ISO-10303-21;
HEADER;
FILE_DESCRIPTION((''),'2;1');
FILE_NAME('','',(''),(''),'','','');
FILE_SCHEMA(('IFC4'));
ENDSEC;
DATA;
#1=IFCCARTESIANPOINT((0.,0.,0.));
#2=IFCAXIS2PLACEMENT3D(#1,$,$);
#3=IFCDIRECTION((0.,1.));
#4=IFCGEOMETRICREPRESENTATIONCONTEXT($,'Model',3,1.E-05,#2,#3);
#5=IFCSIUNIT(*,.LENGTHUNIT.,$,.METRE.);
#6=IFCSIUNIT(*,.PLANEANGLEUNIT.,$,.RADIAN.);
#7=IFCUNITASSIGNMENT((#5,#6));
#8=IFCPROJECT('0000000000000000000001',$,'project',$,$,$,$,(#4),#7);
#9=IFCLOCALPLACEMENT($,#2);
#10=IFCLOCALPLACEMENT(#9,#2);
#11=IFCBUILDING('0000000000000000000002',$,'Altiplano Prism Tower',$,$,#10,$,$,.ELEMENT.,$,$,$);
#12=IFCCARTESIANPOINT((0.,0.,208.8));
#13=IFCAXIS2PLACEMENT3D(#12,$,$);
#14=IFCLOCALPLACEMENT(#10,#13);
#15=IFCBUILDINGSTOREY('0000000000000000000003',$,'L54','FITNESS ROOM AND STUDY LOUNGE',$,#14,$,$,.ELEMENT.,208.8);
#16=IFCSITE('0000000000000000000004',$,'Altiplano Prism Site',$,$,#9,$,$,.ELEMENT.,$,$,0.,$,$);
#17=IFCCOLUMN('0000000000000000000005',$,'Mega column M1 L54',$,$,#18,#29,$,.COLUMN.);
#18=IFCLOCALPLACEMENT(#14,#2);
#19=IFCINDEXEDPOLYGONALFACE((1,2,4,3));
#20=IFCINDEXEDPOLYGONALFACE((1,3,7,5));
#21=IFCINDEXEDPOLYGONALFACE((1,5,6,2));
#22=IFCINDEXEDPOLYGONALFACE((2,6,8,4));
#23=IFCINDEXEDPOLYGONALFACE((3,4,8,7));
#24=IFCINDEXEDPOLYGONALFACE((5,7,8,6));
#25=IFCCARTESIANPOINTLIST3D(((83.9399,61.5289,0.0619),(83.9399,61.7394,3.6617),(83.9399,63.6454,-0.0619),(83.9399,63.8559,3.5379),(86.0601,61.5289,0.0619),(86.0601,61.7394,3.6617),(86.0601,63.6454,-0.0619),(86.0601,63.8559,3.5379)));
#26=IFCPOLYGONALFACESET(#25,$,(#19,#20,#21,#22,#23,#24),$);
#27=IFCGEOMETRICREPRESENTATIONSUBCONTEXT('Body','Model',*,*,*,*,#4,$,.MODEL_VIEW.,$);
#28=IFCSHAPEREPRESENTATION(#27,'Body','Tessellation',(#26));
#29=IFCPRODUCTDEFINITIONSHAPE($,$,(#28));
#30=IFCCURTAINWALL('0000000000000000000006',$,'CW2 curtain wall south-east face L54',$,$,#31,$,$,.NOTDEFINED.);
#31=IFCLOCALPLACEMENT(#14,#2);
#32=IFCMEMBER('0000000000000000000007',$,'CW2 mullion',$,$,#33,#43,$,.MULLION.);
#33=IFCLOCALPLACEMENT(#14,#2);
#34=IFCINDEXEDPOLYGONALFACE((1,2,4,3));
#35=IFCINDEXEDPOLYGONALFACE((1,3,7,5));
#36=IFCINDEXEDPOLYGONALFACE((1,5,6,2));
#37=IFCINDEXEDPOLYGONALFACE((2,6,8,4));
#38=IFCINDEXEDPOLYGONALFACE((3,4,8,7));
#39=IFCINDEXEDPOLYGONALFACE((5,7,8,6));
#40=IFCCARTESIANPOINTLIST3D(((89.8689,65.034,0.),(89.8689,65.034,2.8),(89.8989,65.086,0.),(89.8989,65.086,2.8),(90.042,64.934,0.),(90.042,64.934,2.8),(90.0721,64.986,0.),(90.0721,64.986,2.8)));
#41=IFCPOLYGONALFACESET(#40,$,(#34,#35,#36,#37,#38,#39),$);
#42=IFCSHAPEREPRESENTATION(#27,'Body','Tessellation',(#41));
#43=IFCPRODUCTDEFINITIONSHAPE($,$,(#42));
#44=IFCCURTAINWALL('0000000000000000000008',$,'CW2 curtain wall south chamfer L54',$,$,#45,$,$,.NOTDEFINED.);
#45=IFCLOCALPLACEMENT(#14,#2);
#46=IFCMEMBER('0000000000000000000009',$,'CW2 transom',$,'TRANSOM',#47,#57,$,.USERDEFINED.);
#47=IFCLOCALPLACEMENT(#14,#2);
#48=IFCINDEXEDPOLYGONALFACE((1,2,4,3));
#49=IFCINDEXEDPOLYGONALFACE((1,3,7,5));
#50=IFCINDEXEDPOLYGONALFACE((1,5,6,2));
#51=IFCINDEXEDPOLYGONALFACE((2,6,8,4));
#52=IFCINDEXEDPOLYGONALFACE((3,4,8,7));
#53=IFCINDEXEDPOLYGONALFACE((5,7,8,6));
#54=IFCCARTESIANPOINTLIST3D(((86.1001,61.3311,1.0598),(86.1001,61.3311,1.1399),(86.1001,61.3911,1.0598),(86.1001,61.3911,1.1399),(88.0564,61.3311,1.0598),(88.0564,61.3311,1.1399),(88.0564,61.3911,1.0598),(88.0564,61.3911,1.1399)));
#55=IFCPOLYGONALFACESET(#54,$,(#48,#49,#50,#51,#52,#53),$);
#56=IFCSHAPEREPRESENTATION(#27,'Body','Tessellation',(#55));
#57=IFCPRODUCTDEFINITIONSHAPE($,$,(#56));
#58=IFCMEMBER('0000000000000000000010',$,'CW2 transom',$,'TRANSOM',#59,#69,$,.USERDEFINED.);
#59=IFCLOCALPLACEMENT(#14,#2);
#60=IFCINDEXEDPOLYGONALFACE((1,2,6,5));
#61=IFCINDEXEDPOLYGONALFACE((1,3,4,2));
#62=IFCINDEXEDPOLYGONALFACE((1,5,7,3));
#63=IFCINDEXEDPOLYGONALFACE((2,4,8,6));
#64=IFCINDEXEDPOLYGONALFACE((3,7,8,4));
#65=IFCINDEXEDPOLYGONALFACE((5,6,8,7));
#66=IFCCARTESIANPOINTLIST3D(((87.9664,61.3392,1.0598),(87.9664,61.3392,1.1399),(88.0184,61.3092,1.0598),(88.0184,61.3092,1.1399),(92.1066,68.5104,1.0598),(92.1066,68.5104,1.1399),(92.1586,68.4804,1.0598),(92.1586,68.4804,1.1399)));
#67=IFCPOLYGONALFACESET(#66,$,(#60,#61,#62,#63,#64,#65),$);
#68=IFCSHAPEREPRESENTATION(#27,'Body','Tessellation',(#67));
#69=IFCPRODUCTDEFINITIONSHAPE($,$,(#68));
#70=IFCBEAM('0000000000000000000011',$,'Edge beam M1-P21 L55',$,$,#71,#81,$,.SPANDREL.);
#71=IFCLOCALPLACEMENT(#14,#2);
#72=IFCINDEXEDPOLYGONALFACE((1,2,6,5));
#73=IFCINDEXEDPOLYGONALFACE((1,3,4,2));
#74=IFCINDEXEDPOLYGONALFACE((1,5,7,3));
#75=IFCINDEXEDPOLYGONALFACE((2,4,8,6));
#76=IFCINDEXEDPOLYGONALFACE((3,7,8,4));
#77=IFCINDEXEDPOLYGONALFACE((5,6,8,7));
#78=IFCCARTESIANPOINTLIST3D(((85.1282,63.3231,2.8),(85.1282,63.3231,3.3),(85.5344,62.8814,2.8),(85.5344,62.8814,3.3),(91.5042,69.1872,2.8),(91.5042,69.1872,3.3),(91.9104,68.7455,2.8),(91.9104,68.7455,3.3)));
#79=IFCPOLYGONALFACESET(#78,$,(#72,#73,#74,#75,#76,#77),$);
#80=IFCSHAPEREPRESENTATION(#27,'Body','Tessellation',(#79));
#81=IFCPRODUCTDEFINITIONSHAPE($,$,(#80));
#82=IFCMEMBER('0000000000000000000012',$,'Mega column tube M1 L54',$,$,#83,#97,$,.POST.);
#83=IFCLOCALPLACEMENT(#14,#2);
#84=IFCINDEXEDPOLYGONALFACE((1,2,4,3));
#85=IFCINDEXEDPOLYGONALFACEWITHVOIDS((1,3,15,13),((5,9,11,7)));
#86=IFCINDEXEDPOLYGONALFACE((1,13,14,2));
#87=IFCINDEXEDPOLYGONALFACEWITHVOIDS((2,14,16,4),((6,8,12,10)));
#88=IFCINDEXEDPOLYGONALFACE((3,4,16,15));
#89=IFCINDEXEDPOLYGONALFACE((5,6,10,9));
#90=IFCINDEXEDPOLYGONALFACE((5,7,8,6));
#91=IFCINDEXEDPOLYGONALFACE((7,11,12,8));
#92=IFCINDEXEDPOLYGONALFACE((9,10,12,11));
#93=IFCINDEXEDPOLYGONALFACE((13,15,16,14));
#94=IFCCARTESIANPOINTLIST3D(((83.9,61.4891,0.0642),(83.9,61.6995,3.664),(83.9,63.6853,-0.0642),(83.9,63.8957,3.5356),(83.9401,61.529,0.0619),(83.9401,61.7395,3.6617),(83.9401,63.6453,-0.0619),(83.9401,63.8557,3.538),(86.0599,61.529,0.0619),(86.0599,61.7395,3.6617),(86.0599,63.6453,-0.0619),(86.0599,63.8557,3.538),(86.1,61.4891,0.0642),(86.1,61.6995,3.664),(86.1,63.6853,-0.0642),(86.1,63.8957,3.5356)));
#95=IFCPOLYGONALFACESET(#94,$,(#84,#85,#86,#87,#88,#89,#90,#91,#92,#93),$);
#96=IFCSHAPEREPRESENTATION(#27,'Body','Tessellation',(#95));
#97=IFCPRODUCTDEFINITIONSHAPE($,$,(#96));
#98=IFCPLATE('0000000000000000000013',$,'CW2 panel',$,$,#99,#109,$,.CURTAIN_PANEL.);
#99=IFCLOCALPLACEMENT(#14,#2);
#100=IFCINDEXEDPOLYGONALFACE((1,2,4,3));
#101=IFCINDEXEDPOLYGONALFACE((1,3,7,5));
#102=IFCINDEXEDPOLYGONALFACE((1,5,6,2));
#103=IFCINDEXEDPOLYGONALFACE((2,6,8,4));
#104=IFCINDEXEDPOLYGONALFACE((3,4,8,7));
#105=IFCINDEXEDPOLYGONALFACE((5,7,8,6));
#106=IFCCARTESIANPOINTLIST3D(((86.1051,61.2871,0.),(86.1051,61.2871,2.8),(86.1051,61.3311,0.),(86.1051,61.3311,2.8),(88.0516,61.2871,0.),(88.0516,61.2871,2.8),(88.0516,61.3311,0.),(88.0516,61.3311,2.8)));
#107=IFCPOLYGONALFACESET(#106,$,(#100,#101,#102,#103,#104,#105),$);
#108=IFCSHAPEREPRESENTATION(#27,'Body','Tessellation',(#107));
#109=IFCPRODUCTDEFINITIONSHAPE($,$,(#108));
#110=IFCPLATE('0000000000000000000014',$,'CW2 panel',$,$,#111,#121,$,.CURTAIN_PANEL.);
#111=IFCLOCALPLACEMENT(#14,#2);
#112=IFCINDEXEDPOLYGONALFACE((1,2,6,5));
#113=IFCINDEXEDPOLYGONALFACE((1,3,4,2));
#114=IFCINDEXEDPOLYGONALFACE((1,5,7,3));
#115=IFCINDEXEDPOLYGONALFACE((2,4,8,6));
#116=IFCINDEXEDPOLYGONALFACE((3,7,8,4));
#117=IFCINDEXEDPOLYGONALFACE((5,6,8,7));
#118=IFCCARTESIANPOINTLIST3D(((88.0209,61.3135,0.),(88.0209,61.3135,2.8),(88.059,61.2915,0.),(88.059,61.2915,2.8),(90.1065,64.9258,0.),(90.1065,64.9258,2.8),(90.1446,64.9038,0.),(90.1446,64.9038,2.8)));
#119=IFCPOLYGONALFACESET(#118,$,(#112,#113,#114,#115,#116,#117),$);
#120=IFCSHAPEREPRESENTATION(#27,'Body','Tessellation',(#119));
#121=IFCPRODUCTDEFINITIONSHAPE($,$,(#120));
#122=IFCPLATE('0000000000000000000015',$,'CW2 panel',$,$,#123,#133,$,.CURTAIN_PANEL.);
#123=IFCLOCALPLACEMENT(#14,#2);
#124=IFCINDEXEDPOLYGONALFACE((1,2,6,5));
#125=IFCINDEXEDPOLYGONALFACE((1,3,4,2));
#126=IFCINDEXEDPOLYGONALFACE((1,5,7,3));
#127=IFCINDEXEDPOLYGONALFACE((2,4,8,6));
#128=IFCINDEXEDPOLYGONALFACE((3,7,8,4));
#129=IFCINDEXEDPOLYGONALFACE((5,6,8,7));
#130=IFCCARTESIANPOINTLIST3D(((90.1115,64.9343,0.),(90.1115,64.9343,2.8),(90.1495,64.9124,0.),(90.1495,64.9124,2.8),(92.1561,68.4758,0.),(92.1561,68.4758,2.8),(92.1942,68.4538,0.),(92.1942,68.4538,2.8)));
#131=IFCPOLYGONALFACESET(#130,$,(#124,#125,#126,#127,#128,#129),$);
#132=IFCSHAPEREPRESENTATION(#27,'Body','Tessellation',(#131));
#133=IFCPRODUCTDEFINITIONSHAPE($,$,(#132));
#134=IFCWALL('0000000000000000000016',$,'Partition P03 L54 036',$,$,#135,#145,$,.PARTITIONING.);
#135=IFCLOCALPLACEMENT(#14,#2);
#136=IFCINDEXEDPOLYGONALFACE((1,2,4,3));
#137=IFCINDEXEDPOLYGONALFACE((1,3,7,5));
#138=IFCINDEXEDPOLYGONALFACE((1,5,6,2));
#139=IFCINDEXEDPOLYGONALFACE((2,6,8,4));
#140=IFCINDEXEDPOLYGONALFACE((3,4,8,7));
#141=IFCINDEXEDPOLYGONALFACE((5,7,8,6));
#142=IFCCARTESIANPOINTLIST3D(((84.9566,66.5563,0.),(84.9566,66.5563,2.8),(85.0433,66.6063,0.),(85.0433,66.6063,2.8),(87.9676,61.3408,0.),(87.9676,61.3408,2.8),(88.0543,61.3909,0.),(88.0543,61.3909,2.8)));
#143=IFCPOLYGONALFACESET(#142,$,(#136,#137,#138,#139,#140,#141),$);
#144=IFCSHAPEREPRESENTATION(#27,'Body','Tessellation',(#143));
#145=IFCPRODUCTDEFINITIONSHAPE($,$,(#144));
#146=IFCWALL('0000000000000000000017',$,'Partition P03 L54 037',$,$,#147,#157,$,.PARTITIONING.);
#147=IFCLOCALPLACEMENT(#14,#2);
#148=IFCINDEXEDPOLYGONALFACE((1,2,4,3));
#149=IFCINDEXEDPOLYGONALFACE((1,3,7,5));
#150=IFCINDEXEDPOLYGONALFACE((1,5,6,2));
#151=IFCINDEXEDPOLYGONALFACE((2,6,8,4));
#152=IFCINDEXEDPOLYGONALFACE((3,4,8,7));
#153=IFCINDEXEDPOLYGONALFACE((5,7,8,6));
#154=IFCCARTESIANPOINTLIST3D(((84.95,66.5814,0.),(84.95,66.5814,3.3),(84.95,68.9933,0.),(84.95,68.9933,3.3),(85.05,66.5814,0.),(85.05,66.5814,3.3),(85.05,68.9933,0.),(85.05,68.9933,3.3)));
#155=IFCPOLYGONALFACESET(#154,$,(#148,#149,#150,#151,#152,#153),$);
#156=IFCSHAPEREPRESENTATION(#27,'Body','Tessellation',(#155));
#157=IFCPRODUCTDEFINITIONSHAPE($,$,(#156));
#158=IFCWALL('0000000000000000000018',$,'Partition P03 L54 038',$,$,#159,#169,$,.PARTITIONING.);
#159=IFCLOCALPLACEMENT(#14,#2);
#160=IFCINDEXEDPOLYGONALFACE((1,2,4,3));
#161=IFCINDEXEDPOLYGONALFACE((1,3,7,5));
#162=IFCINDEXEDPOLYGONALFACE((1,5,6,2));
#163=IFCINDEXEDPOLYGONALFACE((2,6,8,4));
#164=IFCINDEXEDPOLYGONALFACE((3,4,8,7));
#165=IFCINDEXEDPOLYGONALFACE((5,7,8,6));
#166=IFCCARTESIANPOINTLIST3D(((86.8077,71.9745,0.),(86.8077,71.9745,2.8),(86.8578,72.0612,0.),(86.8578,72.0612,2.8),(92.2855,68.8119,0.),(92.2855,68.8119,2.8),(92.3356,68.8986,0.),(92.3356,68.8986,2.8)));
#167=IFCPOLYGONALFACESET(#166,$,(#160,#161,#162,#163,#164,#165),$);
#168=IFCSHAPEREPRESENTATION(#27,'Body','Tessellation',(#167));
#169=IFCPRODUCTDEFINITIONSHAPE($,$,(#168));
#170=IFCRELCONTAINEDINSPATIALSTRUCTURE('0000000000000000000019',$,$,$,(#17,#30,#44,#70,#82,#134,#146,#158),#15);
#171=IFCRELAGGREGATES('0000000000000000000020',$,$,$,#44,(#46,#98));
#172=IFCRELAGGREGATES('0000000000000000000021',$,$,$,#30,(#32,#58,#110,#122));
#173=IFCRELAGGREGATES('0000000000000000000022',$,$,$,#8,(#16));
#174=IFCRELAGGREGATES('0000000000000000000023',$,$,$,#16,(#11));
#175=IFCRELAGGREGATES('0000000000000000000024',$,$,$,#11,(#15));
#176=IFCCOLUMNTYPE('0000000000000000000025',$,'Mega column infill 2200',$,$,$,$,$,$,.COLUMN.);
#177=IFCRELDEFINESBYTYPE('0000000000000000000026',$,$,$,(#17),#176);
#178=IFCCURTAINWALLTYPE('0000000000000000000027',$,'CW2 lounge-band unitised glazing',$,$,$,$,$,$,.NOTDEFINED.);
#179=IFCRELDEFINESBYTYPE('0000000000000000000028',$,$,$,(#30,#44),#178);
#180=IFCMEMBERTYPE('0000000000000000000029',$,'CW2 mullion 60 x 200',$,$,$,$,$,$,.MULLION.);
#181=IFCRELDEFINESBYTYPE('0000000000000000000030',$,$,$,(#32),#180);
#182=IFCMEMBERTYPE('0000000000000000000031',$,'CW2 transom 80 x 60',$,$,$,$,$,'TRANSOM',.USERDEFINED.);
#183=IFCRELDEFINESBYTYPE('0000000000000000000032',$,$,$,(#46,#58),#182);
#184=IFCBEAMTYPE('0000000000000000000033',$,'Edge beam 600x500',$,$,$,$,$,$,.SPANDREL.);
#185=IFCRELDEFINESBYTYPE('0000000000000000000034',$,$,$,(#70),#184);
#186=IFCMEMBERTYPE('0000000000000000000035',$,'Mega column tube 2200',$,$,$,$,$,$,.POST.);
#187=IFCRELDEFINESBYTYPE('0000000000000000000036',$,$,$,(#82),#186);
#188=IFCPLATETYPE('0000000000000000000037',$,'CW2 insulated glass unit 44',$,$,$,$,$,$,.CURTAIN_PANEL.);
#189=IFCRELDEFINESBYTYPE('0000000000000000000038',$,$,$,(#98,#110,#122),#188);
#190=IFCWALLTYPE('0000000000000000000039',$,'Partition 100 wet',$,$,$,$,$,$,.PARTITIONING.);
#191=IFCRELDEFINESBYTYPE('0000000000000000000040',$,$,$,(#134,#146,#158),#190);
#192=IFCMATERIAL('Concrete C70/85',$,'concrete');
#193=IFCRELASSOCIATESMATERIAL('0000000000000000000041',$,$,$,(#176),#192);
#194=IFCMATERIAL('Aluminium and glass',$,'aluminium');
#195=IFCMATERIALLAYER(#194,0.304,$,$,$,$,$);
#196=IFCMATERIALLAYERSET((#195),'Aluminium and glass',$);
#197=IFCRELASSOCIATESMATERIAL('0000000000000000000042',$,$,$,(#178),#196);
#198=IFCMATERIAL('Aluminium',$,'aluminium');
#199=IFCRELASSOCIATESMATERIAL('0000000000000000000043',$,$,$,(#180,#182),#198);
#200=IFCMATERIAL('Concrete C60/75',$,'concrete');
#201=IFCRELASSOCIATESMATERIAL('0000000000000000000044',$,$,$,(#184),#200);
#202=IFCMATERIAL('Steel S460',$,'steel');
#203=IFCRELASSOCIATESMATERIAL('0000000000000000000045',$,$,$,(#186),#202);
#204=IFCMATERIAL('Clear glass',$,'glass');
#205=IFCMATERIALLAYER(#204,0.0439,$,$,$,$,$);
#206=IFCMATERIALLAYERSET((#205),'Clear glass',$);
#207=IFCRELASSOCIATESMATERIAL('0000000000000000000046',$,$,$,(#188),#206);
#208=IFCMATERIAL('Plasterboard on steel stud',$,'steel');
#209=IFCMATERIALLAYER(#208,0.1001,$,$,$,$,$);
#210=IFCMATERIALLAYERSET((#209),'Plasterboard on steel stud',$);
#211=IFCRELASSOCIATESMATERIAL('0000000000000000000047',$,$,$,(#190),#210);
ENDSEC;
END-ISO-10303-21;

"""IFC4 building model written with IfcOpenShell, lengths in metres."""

from ifc_helpers import new_model, si_unit, direction, frame, frame_2d, origin, origin_2d, place, context, subcontext, project, spatial, rectangle, hollow_rectangle, extrude, material, layer, layer_set, material_profile, profile_set, type_object, element, aggregate, save


model = new_model("IFC4")

# Units and contexts
model_context = context("Model", 3, precision=1e-05, world=origin(), true_north=direction((0.0, 1.0)))
body_context = subcontext(model_context, "Body", "Model", "MODEL_VIEW")
ifc_project = project(units=[si_unit("LENGTHUNIT", "METRE"), si_unit("PLANEANGLEUNIT", "RADIAN")], contexts=[model_context])

# Site, building, storey
site_placement = place(None, origin())
site = spatial("IfcSite", under=ifc_project, at=site_placement, Name="Altiplano Prism Site", CompositionType="ELEMENT", RefElevation=0.0)
building_placement = place(site_placement, origin())
building = spatial("IfcBuilding", under=site, at=building_placement, Name="Altiplano Prism Tower", CompositionType="ELEMENT")
storey_placement = place(building_placement, frame((0.0, 0.0, 208.8)))
storey = spatial("IfcBuildingStorey", under=building, at=storey_placement, Name="L54", Description="FITNESS ROOM AND STUDY LOUNGE", CompositionType="ELEMENT", Elevation=208.8)

# Column
ifc_material_1 = material(Name="Concrete C70/85", Category="concrete")
ifc_material_profile_1 = material_profile(ifc_material_1, rectangle(XDim=2.1201, YDim=2.1201, at=origin_2d()), Name="Mega column infill 2200")
ifc_profile_set_1 = profile_set([ifc_material_profile_1], Name="Concrete C70/85")
column_type = type_object("IfcColumnType", Name="Mega column infill 2200", PredefinedType="COLUMN", material=ifc_profile_set_1)
column_placement = place(storey_placement, frame((85.0, 62.5872, 0.0), z_axis=(0.0, 0.058361, 0.998296), x_axis=(-1.0, 0.0, 0.0)))
element("IfcColumn", 1, at=column_placement, inside=storey, type_object=column_type, Name="Mega column M1 L54", PredefinedType="COLUMN", context=body_context, shape_type="SweptSolid", body=[
    extrude(rectangle(XDim=2.1201, YDim=2.1201, at=origin_2d()), origin(), (0.0, 0.0, 1.0), 3.606),
])

# Curtain walls, members
ifc_material_2 = material(Name="Aluminium and glass", Category="aluminium")
ifc_layer_1 = layer(ifc_material_2, 0.304)
ifc_layer_set_1 = layer_set([ifc_layer_1], Name="Aluminium and glass")
curtain_wall_type = type_object("IfcCurtainWallType", Name="CW2 lounge-band unitised glazing", PredefinedType="NOTDEFINED", material=ifc_layer_set_1)
curtain_wall_1_placement = place(storey_placement, origin())
curtain_wall_1 = element("IfcCurtainWall", 2, at=curtain_wall_1_placement, inside=storey, type_object=curtain_wall_type, Name="CW2 curtain wall south-east face L54", PredefinedType="NOTDEFINED")
ifc_material_3 = material(Name="Aluminium", Category="aluminium")
ifc_material_profile_2 = material_profile(ifc_material_3, rectangle(XDim=0.2, YDim=0.0601, at=origin_2d()), Name="CW2 mullion 60 x 200")
ifc_profile_set_2 = profile_set([ifc_material_profile_2], Name="Aluminium")
member_type_1 = type_object("IfcMemberType", Name="CW2 mullion 60 x 200", PredefinedType="MULLION", material=ifc_profile_set_2)
member_1_placement = place(storey_placement, frame((89.9705, 65.01, 0.0), z_axis=(0.0, 0.0, 1.0), x_axis=(-0.866025, 0.5, 0.0)))
member_1 = element("IfcMember", 3, at=member_1_placement, type_object=member_type_1, Name="CW2 mullion", PredefinedType="MULLION", context=body_context, shape_type="SweptSolid", body=[
    extrude(rectangle(XDim=0.2, YDim=0.0601, at=origin_2d()), origin(), (0.0, 0.0, 1.0), 2.8),
])
curtain_wall_2_placement = place(storey_placement, origin())
curtain_wall_2 = element("IfcCurtainWall", 4, at=curtain_wall_2_placement, inside=storey, type_object=curtain_wall_type, Name="CW2 curtain wall south chamfer L54", PredefinedType="NOTDEFINED")
ifc_material_profile_3 = material_profile(ifc_material_3, rectangle(XDim=0.0601, YDim=0.0801, at=origin_2d()), Name="CW2 transom 80 x 60")
ifc_profile_set_3 = profile_set([ifc_material_profile_3], Name="Aluminium")
member_type_2 = type_object("IfcMemberType", Name="CW2 transom 80 x 60", ElementType="TRANSOM", PredefinedType="USERDEFINED", material=ifc_profile_set_3)
member_2_placement = place(storey_placement, frame((86.1001, 61.3611, 1.0999), z_axis=(1.0, 0.0, 0.0), x_axis=(0.0, 1.0, 0.0)))
member_2 = element("IfcMember", 5, at=member_2_placement, type_object=member_type_2, Name="CW2 transom", ObjectType="TRANSOM", PredefinedType="USERDEFINED", context=body_context, shape_type="SweptSolid", body=[
    extrude(rectangle(XDim=0.0601, YDim=0.0801, at=origin_2d()), origin(), (0.0, 0.0, 1.0), 1.9563),
])

# Member
member_3_placement = place(storey_placement, frame((87.9924, 61.3242, 1.0999), z_axis=(0.499989, 0.866032, 0.0), x_axis=(-0.866032, 0.499989, 0.0)))
member_3 = element("IfcMember", 6, at=member_3_placement, type_object=member_type_2, Name="CW2 transom", ObjectType="TRANSOM", PredefinedType="USERDEFINED", context=body_context, shape_type="SweptSolid", body=[
    extrude(rectangle(XDim=0.0601, YDim=0.0801, at=origin_2d()), origin(), (0.0, 0.0, 1.0), 8.2805),
])

# Beam
ifc_material_4 = material(Name="Concrete C60/75", Category="concrete")
ifc_material_profile_4 = material_profile(ifc_material_4, rectangle(XDim=0.6001, YDim=0.5, at=origin_2d()), Name="Edge beam 600x500")
ifc_profile_set_4 = profile_set([ifc_material_profile_4], Name="Concrete C60/75")
beam_type = type_object("IfcBeamType", Name="Edge beam 600x500", PredefinedType="SPANDREL", material=ifc_profile_set_4)
beam_placement = place(storey_placement, frame((85.3313, 63.1023, 3.05), z_axis=(0.736039, 0.676939, 0.0), x_axis=(-0.676939, 0.736039, 0.0)))
element("IfcBeam", 7, at=beam_placement, inside=storey, type_object=beam_type, Name="Edge beam M1-P21 L55", PredefinedType="SPANDREL", context=body_context, shape_type="SweptSolid", body=[
    extrude(rectangle(XDim=0.6001, YDim=0.5, at=origin_2d()), origin(), (0.0, 0.0, 1.0), 8.6626),
])

# Member
ifc_material_5 = material(Name="Steel S460", Category="steel")
ifc_material_profile_5 = material_profile(ifc_material_5, hollow_rectangle(XDim=2.2, YDim=2.2, WallThickness=0.04, at=origin_2d()), Name="Mega column tube 2200")
ifc_profile_set_5 = profile_set([ifc_material_profile_5], Name="Steel S460")
member_type_3 = type_object("IfcMemberType", Name="Mega column tube 2200", PredefinedType="POST", material=ifc_profile_set_5)
member_4_placement = place(storey_placement, frame((85.0, 62.5872, 0.0), z_axis=(0.0, 0.058361, 0.998296), x_axis=(-1.0, 0.0, 0.0)))
element("IfcMember", 8, at=member_4_placement, inside=storey, type_object=member_type_3, Name="Mega column tube M1 L54", PredefinedType="POST", context=body_context, shape_type="SweptSolid", body=[
    extrude(hollow_rectangle(XDim=2.2, YDim=2.2, WallThickness=0.04, at=origin_2d()), origin(), (0.0, 0.0, 1.0), 3.606),
])

# Plates
ifc_material_6 = material(Name="Clear glass", Category="glass")
ifc_layer_2 = layer(ifc_material_6, 0.0439)
ifc_layer_set_2 = layer_set([ifc_layer_2], Name="Clear glass")
plate_type = type_object("IfcPlateType", Name="CW2 insulated glass unit 44", PredefinedType="CURTAIN_PANEL", material=ifc_layer_set_2)
plate_1_placement = place(storey_placement, frame((87.0784, 61.3091, 0.0), z_axis=(0.0, 0.0, 1.0), x_axis=(1.0, 0.0, 0.0)))
plate_1 = element("IfcPlate", 9, at=plate_1_placement, type_object=plate_type, Name="CW2 panel", PredefinedType="CURTAIN_PANEL", context=body_context, shape_type="SweptSolid", body=[
    extrude(rectangle(XDim=1.9465, YDim=0.0439, at=origin_2d()), origin(), (0.0, 0.0, 1.0), 2.8),
])
aggregate(curtain_wall_2, [member_2, plate_1])
plate_2_placement = place(storey_placement, frame((89.0828, 63.1086, 0.0), z_axis=(0.0, 0.0, 1.0), x_axis=(0.5, 0.866025, 0.0)))
plate_2 = element("IfcPlate", 10, at=plate_2_placement, type_object=plate_type, Name="CW2 panel", PredefinedType="CURTAIN_PANEL", context=body_context, shape_type="SweptSolid", body=[
    extrude(rectangle(XDim=4.1711, YDim=0.0439, at=origin_2d()), origin(), (0.0, 0.0, 1.0), 2.8),
])
plate_3_placement = place(storey_placement, frame((91.1528, 66.6941, 0.0), z_axis=(0.0, 0.0, 1.0), x_axis=(0.5, 0.866025, 0.0)))
plate_3 = element("IfcPlate", 11, at=plate_3_placement, type_object=plate_type, Name="CW2 panel", PredefinedType="CURTAIN_PANEL", context=body_context, shape_type="SweptSolid", body=[
    extrude(rectangle(XDim=4.0894, YDim=0.0439, at=origin_2d()), origin(), (0.0, 0.0, 1.0), 2.8),
])
aggregate(curtain_wall_1, [member_1, member_3, plate_2, plate_3])

# Walls
ifc_material_7 = material(Name="Plasterboard on steel stud", Category="steel")
ifc_layer_3 = layer(ifc_material_7, 0.1001)
ifc_layer_set_3 = layer_set([ifc_layer_3], Name="Plasterboard on steel stud")
wall_type = type_object("IfcWallType", Name="Partition 100 wet", PredefinedType="PARTITIONING", material=ifc_layer_set_3)
wall_1_placement = place(storey_placement, frame((88.011, 61.3657, 0.0), z_axis=(0.0, 0.0, 1.0), x_axis=(-0.499972, 0.866042, 0.0)))
element("IfcWall", 12, at=wall_1_placement, inside=storey, type_object=wall_type, Name="Partition P03 L54 036", PredefinedType="PARTITIONING", context=body_context, shape_type="SweptSolid", body=[
    extrude(rectangle(XDim=6.0222, YDim=0.1001, at=frame_2d((3.0112, 0.0))), origin(), (0.0, 0.0, 1.0), 2.8),
])
wall_2_placement = place(storey_placement, frame((85.0, 66.5813, 0.0), z_axis=(0.0, 0.0, 1.0), x_axis=(0.0, 1.0, 0.0)))
element("IfcWall", 13, at=wall_2_placement, inside=storey, type_object=wall_type, Name="Partition P03 L54 037", PredefinedType="PARTITIONING", context=body_context, shape_type="SweptSolid", body=[
    extrude(rectangle(XDim=2.4119, YDim=0.1001, at=frame_2d((1.2061, 0.0))), origin(), (0.0, 0.0, 1.0), 3.3),
])
wall_3_placement = place(storey_placement, frame((92.3105, 68.8552, 0.0), z_axis=(0.0, 0.0, 1.0), x_axis=(-0.866026, 0.5, 0.0)))
element("IfcWall", 14, at=wall_3_placement, inside=storey, type_object=wall_type, Name="Partition P03 L54 038", PredefinedType="PARTITIONING", context=body_context, shape_type="SweptSolid", body=[
    extrude(rectangle(XDim=6.3252, YDim=0.1001, at=frame_2d((3.1626, 0.0))), origin(), (0.0, 0.0, 1.0), 2.8),
])

save(model, "model.ifc")
